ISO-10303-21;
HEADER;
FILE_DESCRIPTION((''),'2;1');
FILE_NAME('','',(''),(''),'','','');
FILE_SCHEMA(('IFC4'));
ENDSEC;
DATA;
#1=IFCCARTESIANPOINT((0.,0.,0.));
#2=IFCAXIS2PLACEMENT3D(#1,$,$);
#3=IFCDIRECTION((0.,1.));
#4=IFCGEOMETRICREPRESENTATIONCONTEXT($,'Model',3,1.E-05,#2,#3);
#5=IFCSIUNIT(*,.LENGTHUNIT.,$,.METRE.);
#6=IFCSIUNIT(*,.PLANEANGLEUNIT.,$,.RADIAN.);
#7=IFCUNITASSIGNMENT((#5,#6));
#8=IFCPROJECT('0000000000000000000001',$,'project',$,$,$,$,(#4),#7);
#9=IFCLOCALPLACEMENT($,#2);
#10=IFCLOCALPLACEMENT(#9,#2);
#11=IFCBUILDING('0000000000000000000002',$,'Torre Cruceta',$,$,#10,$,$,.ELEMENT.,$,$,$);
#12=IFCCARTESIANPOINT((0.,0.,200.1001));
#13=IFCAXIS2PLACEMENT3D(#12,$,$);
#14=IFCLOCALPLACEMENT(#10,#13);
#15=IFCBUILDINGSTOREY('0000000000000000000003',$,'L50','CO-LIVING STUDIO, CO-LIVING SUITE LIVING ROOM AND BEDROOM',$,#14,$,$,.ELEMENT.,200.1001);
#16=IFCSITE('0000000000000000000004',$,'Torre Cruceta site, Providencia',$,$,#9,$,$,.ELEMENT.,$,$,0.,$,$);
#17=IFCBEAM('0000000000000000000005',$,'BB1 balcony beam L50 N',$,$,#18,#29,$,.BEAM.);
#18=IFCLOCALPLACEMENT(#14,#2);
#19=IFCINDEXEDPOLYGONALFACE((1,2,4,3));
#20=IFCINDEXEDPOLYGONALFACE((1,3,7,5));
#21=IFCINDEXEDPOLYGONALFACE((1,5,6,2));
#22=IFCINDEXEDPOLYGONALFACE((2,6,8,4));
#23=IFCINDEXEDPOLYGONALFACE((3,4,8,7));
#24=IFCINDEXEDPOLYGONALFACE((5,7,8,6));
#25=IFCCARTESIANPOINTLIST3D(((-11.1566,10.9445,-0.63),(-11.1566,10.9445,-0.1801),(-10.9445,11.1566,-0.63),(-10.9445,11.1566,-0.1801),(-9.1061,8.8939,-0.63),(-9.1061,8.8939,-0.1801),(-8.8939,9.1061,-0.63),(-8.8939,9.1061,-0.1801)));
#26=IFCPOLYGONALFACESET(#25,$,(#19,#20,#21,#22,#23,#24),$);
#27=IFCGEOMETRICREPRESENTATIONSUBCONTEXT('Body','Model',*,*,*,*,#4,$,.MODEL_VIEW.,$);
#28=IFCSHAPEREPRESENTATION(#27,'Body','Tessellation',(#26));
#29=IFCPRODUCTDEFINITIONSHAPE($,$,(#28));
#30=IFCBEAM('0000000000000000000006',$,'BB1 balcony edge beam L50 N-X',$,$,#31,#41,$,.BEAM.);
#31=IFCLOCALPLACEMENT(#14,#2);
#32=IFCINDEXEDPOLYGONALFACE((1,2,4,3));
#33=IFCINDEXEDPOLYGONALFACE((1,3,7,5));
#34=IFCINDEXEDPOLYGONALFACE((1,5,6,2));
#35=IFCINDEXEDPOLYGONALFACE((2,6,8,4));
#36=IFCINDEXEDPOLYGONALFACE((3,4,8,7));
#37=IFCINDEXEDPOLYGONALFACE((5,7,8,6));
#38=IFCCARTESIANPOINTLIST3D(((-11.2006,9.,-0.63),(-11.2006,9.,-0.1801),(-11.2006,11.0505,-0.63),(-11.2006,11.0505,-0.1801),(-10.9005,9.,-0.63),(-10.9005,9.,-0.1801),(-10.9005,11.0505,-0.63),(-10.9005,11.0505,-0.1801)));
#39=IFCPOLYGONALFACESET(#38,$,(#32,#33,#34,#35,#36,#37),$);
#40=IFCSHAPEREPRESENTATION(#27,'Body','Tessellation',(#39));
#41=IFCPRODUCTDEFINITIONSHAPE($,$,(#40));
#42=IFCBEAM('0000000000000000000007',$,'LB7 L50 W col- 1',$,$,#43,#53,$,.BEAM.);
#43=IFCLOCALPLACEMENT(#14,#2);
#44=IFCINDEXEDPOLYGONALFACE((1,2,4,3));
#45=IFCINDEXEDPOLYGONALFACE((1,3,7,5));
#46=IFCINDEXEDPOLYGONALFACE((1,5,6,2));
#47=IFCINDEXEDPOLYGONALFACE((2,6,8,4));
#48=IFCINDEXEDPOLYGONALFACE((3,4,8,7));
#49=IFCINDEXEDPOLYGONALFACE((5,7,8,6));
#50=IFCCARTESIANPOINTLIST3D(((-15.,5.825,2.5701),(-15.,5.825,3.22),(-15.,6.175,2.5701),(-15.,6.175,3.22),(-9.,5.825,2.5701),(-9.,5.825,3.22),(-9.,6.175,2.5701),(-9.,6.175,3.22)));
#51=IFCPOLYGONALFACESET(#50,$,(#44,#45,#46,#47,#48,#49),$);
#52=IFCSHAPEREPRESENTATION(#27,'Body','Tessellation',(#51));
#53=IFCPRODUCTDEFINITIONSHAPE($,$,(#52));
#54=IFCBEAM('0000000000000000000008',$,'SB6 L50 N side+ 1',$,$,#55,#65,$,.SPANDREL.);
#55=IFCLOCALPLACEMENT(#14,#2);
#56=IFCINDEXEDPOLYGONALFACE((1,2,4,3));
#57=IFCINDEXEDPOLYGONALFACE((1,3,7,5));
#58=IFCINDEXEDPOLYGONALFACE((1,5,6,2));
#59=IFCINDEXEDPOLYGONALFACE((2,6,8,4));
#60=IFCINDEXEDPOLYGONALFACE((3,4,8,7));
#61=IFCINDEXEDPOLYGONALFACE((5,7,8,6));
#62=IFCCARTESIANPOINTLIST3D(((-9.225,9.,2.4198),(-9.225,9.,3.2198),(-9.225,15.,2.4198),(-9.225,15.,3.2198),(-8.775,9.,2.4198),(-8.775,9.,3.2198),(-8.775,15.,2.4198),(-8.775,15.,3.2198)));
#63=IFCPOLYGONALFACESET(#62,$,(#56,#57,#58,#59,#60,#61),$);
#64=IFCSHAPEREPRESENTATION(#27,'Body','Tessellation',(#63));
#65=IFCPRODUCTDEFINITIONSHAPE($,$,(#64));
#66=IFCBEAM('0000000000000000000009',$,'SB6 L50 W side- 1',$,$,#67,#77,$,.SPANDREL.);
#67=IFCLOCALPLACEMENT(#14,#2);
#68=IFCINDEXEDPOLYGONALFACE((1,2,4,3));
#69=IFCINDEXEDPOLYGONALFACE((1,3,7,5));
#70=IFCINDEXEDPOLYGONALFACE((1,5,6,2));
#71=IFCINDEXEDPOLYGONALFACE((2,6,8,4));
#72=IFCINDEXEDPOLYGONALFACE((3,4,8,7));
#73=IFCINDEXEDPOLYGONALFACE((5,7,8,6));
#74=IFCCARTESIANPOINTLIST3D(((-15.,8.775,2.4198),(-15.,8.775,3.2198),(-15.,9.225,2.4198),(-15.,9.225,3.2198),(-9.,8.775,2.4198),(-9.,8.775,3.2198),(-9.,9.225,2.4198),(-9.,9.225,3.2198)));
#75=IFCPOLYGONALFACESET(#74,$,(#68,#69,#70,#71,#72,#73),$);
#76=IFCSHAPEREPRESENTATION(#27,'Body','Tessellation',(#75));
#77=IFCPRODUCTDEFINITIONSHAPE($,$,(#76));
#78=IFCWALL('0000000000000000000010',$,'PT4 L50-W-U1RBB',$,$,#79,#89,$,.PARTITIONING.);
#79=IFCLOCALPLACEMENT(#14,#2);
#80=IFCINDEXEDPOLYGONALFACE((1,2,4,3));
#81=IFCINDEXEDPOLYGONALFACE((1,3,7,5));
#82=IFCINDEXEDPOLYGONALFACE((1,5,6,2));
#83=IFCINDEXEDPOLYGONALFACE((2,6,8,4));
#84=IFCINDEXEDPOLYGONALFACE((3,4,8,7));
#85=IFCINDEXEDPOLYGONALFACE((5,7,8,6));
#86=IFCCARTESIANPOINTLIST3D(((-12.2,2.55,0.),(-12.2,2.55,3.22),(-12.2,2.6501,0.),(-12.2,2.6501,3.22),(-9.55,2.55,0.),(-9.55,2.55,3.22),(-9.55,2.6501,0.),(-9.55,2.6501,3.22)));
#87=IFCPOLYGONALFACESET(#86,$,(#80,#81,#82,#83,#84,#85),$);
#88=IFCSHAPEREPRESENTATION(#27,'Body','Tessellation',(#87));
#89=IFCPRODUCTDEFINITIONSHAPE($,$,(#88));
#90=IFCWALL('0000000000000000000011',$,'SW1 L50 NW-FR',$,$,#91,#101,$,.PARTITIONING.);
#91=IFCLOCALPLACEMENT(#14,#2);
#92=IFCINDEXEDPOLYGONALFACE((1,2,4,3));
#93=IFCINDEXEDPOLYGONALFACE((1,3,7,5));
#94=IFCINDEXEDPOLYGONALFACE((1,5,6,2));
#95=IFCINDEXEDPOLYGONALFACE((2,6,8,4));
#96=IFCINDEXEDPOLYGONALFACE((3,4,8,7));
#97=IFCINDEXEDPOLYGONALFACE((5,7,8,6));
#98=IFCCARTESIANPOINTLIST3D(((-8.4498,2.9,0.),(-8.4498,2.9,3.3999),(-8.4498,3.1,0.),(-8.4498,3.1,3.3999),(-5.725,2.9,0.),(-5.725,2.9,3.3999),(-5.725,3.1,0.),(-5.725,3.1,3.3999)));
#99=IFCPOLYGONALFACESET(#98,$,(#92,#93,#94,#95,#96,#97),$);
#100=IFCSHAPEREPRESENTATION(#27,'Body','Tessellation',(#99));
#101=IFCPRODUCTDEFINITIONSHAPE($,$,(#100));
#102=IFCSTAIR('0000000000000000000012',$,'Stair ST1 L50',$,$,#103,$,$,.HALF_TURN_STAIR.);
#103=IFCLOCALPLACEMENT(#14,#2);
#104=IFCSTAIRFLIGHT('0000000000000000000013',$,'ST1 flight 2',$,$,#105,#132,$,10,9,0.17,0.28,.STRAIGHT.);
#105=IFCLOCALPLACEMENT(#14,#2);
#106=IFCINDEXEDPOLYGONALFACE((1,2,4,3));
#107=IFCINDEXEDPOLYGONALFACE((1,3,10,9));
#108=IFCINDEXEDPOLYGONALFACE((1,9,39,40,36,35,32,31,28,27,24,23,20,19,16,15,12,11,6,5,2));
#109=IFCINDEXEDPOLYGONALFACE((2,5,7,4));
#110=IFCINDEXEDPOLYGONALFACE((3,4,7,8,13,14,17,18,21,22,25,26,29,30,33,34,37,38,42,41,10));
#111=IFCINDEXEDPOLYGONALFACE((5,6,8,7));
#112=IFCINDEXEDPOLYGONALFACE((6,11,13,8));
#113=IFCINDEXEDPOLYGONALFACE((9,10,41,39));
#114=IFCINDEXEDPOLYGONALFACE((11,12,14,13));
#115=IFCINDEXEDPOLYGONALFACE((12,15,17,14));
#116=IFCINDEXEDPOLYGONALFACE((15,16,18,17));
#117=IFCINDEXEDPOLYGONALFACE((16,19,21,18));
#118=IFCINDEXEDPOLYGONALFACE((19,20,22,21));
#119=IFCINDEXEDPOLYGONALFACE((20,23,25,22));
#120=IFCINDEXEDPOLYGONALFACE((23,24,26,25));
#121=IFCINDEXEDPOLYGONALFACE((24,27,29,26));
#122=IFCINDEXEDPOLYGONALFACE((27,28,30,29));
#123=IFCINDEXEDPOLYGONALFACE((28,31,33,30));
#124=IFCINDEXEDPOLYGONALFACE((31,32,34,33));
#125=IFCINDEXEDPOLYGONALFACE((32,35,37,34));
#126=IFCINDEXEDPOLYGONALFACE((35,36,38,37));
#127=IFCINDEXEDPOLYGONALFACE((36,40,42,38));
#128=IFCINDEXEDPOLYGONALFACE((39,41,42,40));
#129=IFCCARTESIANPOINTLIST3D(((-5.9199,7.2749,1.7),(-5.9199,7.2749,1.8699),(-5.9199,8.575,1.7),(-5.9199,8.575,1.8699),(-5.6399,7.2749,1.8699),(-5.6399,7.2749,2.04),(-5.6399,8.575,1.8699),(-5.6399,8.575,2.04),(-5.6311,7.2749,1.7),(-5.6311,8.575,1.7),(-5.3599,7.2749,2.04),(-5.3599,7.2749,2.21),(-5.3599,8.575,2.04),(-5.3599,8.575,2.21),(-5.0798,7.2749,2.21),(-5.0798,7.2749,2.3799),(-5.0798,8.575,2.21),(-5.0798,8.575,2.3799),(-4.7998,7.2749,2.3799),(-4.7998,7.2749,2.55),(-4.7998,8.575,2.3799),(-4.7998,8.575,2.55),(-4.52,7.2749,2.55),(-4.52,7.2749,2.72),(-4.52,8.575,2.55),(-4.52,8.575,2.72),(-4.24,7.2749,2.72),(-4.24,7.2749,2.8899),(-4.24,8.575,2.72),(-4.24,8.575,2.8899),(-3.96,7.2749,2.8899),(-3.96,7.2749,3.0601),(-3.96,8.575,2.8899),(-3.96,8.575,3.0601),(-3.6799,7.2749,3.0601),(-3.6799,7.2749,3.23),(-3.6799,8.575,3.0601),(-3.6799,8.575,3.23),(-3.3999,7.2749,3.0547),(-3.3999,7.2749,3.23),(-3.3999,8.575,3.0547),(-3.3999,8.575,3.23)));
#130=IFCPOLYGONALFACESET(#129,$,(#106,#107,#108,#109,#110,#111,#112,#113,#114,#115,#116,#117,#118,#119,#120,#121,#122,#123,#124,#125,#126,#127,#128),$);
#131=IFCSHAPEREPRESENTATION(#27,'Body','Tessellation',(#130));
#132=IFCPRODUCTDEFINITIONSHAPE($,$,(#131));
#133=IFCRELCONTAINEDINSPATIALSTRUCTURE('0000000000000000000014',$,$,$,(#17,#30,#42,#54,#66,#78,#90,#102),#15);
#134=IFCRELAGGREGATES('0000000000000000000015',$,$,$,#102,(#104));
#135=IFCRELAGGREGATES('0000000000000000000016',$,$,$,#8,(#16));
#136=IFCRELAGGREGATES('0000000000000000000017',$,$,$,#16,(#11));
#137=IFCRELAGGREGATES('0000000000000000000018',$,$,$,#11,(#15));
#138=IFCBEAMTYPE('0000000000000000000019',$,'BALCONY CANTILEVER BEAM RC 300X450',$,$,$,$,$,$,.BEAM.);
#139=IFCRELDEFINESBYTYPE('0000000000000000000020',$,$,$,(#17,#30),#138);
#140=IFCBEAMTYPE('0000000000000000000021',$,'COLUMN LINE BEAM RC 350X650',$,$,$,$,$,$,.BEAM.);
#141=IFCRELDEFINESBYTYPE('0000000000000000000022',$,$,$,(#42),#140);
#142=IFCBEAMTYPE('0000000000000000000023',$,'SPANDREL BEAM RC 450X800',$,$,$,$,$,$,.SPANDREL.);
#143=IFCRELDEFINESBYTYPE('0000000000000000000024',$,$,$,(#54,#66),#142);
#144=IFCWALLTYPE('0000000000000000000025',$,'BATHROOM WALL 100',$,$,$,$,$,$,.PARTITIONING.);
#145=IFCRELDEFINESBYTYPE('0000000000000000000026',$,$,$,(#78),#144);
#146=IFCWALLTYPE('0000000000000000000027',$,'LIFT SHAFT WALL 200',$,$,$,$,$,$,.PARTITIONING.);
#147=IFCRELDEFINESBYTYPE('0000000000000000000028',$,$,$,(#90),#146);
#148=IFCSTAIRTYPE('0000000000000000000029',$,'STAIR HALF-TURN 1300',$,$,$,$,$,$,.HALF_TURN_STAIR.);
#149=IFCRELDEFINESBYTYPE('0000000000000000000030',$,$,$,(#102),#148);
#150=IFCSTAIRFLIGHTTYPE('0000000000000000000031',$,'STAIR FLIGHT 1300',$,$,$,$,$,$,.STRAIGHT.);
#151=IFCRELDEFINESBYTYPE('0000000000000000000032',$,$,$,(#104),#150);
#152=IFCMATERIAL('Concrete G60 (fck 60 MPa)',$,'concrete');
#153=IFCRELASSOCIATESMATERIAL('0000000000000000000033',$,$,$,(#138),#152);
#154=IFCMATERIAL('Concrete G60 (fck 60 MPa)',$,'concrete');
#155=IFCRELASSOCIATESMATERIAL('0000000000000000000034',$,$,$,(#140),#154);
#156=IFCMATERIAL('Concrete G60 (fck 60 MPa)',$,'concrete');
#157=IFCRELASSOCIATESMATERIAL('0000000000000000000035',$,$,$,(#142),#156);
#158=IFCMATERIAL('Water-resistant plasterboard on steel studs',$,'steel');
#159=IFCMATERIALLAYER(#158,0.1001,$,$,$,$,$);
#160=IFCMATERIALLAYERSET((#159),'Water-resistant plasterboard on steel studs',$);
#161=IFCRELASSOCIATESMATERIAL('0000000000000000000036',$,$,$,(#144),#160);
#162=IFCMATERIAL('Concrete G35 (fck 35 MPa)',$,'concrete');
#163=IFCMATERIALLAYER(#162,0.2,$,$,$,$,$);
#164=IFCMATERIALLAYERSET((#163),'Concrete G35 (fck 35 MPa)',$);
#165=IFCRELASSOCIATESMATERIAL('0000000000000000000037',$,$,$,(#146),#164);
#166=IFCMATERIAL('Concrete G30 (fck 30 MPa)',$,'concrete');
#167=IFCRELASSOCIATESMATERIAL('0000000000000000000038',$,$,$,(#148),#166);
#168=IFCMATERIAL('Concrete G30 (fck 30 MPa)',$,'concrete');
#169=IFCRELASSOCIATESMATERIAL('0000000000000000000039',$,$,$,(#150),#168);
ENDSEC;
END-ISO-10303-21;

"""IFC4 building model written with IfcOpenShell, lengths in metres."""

from ifc_helpers import new_model, si_unit, direction, frame, frame_2d, origin, origin_2d, place, context, subcontext, project, spatial, polyline, rectangle, outline, extrude, material, layer, layer_set, material_profile, profile_set, type_object, element, aggregate, save


model = new_model("IFC4")

# Units and contexts
model_context = context("Model", 3, precision=1e-05, world=origin(), true_north=direction((0.0, 1.0)))
body_context = subcontext(model_context, "Body", "Model", "MODEL_VIEW")
ifc_project = project(units=[si_unit("LENGTHUNIT", "METRE"), si_unit("PLANEANGLEUNIT", "RADIAN")], contexts=[model_context])

# Site, building, storey
site_placement = place(None, origin())
site = spatial("IfcSite", under=ifc_project, at=site_placement, Name="Torre Cruceta site, Providencia", CompositionType="ELEMENT", RefElevation=0.0)
building_placement = place(site_placement, origin())
building = spatial("IfcBuilding", under=site, at=building_placement, Name="Torre Cruceta", CompositionType="ELEMENT")
storey_placement = place(building_placement, frame((0.0, 0.0, 200.1001)))
storey = spatial("IfcBuildingStorey", under=building, at=storey_placement, Name="L50", Description="CO-LIVING STUDIO, CO-LIVING SUITE LIVING ROOM AND BEDROOM", CompositionType="ELEMENT", Elevation=200.1001)

# Beams
ifc_material_1 = material(Name="Concrete G60 (fck 60 MPa)", Category="concrete")
ifc_material_profile_1 = material_profile(ifc_material_1, rectangle(XDim=0.3, YDim=0.45, at=origin_2d()), Name="RC 300X450")
ifc_profile_set_1 = profile_set([ifc_material_profile_1], Name="Concrete G60 (fck 60 MPa)")
beam_type_1 = type_object("IfcBeamType", Name="BALCONY CANTILEVER BEAM RC 300X450", PredefinedType="BEAM", material=ifc_profile_set_1)
beam_1_placement = place(storey_placement, frame((-9.0, 9.0, -0.405), z_axis=(-0.707107, 0.707107, 0.0), x_axis=(-0.707107, -0.707107, 0.0)))
element("IfcBeam", 1, at=beam_1_placement, inside=storey, type_object=beam_type_1, Name="BB1 balcony beam L50 N", PredefinedType="BEAM", context=body_context, shape_type="SweptSolid", body=[
    extrude(rectangle(XDim=0.3, YDim=0.45, at=origin_2d()), origin(), (0.0, 0.0, 1.0), 2.8999),
])
beam_2_placement = place(storey_placement, frame((-11.0505, 9.0, -0.405), z_axis=(0.0, 1.0, 0.0), x_axis=(-1.0, 0.0, 0.0)))
element("IfcBeam", 2, at=beam_2_placement, inside=storey, type_object=beam_type_1, Name="BB1 balcony edge beam L50 N-X", PredefinedType="BEAM", context=body_context, shape_type="SweptSolid", body=[
    extrude(rectangle(XDim=0.3, YDim=0.45, at=origin_2d()), origin(), (0.0, 0.0, 1.0), 2.0505),
])
ifc_material_2 = material(Name="Concrete G60 (fck 60 MPa)", Category="concrete")
ifc_material_profile_2 = material_profile(ifc_material_2, rectangle(XDim=0.3501, YDim=0.6499, at=origin_2d()), Name="RC 350X650")
ifc_profile_set_2 = profile_set([ifc_material_profile_2], Name="Concrete G60 (fck 60 MPa)")
beam_type_2 = type_object("IfcBeamType", Name="COLUMN LINE BEAM RC 350X650", PredefinedType="BEAM", material=ifc_profile_set_2)
beam_3_placement = place(storey_placement, frame((-9.0, 6.0, 2.895), z_axis=(-1.0, 0.0, 0.0), x_axis=(0.0, -1.0, 0.0)))
element("IfcBeam", 3, at=beam_3_placement, inside=storey, type_object=beam_type_2, Name="LB7 L50 W col- 1", PredefinedType="BEAM", context=body_context, shape_type="SweptSolid", body=[
    extrude(rectangle(XDim=0.3501, YDim=0.6499, at=origin_2d()), origin(), (0.0, 0.0, 1.0), 6.0),
])
ifc_material_3 = material(Name="Concrete G60 (fck 60 MPa)", Category="concrete")
ifc_material_profile_3 = material_profile(ifc_material_3, rectangle(XDim=0.45, YDim=0.8, at=origin_2d()), Name="RC 450X800")
ifc_profile_set_3 = profile_set([ifc_material_profile_3], Name="Concrete G60 (fck 60 MPa)")
beam_type_3 = type_object("IfcBeamType", Name="SPANDREL BEAM RC 450X800", PredefinedType="SPANDREL", material=ifc_profile_set_3)
for number, where, z_axis, x_axis, name in (
    (4, (-9.0, 9.0, 2.8198), (0.0, 1.0, 0.0), (-1.0, 0.0, 0.0), "SB6 L50 N side+ 1"),
    (5, (-9.0, 9.0, 2.8198), (-1.0, 0.0, 0.0), (0.0, -1.0, 0.0), "SB6 L50 W side- 1"),
):
    element("IfcBeam", number, at=place(storey_placement, frame(where, z_axis=z_axis, x_axis=x_axis)), inside=storey, type_object=beam_type_3, Name=name, PredefinedType="SPANDREL", context=body_context, shape_type="SweptSolid", body=[
        extrude(rectangle(XDim=0.45, YDim=0.8, at=origin_2d()), origin(), (0.0, 0.0, 1.0), 6.0),
    ])

# Wall
ifc_material_4 = material(Name="Water-resistant plasterboard on steel studs", Category="steel")
ifc_layer_1 = layer(ifc_material_4, 0.1001)
ifc_layer_set_1 = layer_set([ifc_layer_1], Name="Water-resistant plasterboard on steel studs")
wall_type_1 = type_object("IfcWallType", Name="BATHROOM WALL 100", PredefinedType="PARTITIONING", material=ifc_layer_set_1)
wall_1_placement = place(storey_placement, frame((-9.55, 2.6001, 0.0), z_axis=(0.0, 0.0, 1.0), x_axis=(-1.0, 0.0, 0.0)))
element("IfcWall", 6, at=wall_1_placement, inside=storey, type_object=wall_type_1, Name="PT4 L50-W-U1RBB", PredefinedType="PARTITIONING", context=body_context, shape_type="SweptSolid", body=[
    extrude(rectangle(XDim=2.6499, YDim=0.1001, at=frame_2d((1.325, 0.0))), origin(), (0.0, 0.0, 1.0), 3.22),
])

# Wall
ifc_material_5 = material(Name="Concrete G35 (fck 35 MPa)", Category="concrete")
ifc_layer_2 = layer(ifc_material_5, 0.2)
ifc_layer_set_2 = layer_set([ifc_layer_2], Name="Concrete G35 (fck 35 MPa)")
wall_type_2 = type_object("IfcWallType", Name="LIFT SHAFT WALL 200", PredefinedType="PARTITIONING", material=ifc_layer_set_2)
wall_2_placement = place(storey_placement, frame((-5.7251, 3.0, 0.0), z_axis=(0.0, 0.0, 1.0), x_axis=(-1.0, 0.0, 0.0)))
element("IfcWall", 7, at=wall_2_placement, inside=storey, type_object=wall_type_2, Name="SW1 L50 NW-FR", PredefinedType="PARTITIONING", context=body_context, shape_type="SweptSolid", body=[
    extrude(rectangle(XDim=2.7249, YDim=0.2, at=frame_2d((1.3623, 0.0))), origin(), (0.0, 0.0, 1.0), 3.3999),
])

# Stair, stair flight
ifc_material_6 = material(Name="Concrete G30 (fck 30 MPa)", Category="concrete")
stair_type = type_object("IfcStairType", Name="STAIR HALF-TURN 1300", PredefinedType="HALF_TURN_STAIR", material=ifc_material_6)
stair_placement = place(storey_placement, origin())
stair = element("IfcStair", 8, at=stair_placement, inside=storey, type_object=stair_type, Name="Stair ST1 L50", PredefinedType="HALF_TURN_STAIR")
ifc_material_7 = material(Name="Concrete G30 (fck 30 MPa)", Category="concrete")
stair_flight_type = type_object("IfcStairFlightType", Name="STAIR FLIGHT 1300", PredefinedType="STRAIGHT", material=ifc_material_7)
stair_flight_placement = place(storey_placement, frame((-5.9199, 7.925, 1.7), z_axis=(0.0, 0.0, 1.0), x_axis=(1.0, 0.0, 0.0)))
stair_flight = element("IfcStairFlight", 9, at=stair_flight_placement, type_object=stair_flight_type, Name="ST1 flight 2", NumberOfRisers=10, NumberOfTreads=9, PredefinedType="STRAIGHT", RiserHeight=0.17, TreadLength=0.28, context=body_context, shape_type="SweptSolid", body=[
    extrude(outline(polyline([(0.0, 0.0), (0.0, 0.1699), (0.28, 0.1699), (0.28, 0.3401), (0.5601, 0.3401), (0.5601, 0.51), (0.8401, 0.51), (0.8401, 0.6799), (1.1201, 0.6799), (1.1201, 0.8501), (1.3999, 0.8501), (1.3999, 1.02), (1.6799, 1.02), (1.6799, 1.1899), (1.96, 1.1899), (1.96, 1.3601), (2.24, 1.3601), (2.24, 1.53), (2.52, 1.53), (2.52, 1.7), (2.52, 1.3547), (0.2888, 0.0), (0.0, 0.0)])), frame((0.0, 0.6499, 0.0), z_axis=(0.0, -1.0, 0.0), x_axis=(1.0, 0.0, 0.0)), (0.0, 0.0, 1.0), 1.3),
])
aggregate(stair, [stair_flight])

save(model, "model.ifc")
